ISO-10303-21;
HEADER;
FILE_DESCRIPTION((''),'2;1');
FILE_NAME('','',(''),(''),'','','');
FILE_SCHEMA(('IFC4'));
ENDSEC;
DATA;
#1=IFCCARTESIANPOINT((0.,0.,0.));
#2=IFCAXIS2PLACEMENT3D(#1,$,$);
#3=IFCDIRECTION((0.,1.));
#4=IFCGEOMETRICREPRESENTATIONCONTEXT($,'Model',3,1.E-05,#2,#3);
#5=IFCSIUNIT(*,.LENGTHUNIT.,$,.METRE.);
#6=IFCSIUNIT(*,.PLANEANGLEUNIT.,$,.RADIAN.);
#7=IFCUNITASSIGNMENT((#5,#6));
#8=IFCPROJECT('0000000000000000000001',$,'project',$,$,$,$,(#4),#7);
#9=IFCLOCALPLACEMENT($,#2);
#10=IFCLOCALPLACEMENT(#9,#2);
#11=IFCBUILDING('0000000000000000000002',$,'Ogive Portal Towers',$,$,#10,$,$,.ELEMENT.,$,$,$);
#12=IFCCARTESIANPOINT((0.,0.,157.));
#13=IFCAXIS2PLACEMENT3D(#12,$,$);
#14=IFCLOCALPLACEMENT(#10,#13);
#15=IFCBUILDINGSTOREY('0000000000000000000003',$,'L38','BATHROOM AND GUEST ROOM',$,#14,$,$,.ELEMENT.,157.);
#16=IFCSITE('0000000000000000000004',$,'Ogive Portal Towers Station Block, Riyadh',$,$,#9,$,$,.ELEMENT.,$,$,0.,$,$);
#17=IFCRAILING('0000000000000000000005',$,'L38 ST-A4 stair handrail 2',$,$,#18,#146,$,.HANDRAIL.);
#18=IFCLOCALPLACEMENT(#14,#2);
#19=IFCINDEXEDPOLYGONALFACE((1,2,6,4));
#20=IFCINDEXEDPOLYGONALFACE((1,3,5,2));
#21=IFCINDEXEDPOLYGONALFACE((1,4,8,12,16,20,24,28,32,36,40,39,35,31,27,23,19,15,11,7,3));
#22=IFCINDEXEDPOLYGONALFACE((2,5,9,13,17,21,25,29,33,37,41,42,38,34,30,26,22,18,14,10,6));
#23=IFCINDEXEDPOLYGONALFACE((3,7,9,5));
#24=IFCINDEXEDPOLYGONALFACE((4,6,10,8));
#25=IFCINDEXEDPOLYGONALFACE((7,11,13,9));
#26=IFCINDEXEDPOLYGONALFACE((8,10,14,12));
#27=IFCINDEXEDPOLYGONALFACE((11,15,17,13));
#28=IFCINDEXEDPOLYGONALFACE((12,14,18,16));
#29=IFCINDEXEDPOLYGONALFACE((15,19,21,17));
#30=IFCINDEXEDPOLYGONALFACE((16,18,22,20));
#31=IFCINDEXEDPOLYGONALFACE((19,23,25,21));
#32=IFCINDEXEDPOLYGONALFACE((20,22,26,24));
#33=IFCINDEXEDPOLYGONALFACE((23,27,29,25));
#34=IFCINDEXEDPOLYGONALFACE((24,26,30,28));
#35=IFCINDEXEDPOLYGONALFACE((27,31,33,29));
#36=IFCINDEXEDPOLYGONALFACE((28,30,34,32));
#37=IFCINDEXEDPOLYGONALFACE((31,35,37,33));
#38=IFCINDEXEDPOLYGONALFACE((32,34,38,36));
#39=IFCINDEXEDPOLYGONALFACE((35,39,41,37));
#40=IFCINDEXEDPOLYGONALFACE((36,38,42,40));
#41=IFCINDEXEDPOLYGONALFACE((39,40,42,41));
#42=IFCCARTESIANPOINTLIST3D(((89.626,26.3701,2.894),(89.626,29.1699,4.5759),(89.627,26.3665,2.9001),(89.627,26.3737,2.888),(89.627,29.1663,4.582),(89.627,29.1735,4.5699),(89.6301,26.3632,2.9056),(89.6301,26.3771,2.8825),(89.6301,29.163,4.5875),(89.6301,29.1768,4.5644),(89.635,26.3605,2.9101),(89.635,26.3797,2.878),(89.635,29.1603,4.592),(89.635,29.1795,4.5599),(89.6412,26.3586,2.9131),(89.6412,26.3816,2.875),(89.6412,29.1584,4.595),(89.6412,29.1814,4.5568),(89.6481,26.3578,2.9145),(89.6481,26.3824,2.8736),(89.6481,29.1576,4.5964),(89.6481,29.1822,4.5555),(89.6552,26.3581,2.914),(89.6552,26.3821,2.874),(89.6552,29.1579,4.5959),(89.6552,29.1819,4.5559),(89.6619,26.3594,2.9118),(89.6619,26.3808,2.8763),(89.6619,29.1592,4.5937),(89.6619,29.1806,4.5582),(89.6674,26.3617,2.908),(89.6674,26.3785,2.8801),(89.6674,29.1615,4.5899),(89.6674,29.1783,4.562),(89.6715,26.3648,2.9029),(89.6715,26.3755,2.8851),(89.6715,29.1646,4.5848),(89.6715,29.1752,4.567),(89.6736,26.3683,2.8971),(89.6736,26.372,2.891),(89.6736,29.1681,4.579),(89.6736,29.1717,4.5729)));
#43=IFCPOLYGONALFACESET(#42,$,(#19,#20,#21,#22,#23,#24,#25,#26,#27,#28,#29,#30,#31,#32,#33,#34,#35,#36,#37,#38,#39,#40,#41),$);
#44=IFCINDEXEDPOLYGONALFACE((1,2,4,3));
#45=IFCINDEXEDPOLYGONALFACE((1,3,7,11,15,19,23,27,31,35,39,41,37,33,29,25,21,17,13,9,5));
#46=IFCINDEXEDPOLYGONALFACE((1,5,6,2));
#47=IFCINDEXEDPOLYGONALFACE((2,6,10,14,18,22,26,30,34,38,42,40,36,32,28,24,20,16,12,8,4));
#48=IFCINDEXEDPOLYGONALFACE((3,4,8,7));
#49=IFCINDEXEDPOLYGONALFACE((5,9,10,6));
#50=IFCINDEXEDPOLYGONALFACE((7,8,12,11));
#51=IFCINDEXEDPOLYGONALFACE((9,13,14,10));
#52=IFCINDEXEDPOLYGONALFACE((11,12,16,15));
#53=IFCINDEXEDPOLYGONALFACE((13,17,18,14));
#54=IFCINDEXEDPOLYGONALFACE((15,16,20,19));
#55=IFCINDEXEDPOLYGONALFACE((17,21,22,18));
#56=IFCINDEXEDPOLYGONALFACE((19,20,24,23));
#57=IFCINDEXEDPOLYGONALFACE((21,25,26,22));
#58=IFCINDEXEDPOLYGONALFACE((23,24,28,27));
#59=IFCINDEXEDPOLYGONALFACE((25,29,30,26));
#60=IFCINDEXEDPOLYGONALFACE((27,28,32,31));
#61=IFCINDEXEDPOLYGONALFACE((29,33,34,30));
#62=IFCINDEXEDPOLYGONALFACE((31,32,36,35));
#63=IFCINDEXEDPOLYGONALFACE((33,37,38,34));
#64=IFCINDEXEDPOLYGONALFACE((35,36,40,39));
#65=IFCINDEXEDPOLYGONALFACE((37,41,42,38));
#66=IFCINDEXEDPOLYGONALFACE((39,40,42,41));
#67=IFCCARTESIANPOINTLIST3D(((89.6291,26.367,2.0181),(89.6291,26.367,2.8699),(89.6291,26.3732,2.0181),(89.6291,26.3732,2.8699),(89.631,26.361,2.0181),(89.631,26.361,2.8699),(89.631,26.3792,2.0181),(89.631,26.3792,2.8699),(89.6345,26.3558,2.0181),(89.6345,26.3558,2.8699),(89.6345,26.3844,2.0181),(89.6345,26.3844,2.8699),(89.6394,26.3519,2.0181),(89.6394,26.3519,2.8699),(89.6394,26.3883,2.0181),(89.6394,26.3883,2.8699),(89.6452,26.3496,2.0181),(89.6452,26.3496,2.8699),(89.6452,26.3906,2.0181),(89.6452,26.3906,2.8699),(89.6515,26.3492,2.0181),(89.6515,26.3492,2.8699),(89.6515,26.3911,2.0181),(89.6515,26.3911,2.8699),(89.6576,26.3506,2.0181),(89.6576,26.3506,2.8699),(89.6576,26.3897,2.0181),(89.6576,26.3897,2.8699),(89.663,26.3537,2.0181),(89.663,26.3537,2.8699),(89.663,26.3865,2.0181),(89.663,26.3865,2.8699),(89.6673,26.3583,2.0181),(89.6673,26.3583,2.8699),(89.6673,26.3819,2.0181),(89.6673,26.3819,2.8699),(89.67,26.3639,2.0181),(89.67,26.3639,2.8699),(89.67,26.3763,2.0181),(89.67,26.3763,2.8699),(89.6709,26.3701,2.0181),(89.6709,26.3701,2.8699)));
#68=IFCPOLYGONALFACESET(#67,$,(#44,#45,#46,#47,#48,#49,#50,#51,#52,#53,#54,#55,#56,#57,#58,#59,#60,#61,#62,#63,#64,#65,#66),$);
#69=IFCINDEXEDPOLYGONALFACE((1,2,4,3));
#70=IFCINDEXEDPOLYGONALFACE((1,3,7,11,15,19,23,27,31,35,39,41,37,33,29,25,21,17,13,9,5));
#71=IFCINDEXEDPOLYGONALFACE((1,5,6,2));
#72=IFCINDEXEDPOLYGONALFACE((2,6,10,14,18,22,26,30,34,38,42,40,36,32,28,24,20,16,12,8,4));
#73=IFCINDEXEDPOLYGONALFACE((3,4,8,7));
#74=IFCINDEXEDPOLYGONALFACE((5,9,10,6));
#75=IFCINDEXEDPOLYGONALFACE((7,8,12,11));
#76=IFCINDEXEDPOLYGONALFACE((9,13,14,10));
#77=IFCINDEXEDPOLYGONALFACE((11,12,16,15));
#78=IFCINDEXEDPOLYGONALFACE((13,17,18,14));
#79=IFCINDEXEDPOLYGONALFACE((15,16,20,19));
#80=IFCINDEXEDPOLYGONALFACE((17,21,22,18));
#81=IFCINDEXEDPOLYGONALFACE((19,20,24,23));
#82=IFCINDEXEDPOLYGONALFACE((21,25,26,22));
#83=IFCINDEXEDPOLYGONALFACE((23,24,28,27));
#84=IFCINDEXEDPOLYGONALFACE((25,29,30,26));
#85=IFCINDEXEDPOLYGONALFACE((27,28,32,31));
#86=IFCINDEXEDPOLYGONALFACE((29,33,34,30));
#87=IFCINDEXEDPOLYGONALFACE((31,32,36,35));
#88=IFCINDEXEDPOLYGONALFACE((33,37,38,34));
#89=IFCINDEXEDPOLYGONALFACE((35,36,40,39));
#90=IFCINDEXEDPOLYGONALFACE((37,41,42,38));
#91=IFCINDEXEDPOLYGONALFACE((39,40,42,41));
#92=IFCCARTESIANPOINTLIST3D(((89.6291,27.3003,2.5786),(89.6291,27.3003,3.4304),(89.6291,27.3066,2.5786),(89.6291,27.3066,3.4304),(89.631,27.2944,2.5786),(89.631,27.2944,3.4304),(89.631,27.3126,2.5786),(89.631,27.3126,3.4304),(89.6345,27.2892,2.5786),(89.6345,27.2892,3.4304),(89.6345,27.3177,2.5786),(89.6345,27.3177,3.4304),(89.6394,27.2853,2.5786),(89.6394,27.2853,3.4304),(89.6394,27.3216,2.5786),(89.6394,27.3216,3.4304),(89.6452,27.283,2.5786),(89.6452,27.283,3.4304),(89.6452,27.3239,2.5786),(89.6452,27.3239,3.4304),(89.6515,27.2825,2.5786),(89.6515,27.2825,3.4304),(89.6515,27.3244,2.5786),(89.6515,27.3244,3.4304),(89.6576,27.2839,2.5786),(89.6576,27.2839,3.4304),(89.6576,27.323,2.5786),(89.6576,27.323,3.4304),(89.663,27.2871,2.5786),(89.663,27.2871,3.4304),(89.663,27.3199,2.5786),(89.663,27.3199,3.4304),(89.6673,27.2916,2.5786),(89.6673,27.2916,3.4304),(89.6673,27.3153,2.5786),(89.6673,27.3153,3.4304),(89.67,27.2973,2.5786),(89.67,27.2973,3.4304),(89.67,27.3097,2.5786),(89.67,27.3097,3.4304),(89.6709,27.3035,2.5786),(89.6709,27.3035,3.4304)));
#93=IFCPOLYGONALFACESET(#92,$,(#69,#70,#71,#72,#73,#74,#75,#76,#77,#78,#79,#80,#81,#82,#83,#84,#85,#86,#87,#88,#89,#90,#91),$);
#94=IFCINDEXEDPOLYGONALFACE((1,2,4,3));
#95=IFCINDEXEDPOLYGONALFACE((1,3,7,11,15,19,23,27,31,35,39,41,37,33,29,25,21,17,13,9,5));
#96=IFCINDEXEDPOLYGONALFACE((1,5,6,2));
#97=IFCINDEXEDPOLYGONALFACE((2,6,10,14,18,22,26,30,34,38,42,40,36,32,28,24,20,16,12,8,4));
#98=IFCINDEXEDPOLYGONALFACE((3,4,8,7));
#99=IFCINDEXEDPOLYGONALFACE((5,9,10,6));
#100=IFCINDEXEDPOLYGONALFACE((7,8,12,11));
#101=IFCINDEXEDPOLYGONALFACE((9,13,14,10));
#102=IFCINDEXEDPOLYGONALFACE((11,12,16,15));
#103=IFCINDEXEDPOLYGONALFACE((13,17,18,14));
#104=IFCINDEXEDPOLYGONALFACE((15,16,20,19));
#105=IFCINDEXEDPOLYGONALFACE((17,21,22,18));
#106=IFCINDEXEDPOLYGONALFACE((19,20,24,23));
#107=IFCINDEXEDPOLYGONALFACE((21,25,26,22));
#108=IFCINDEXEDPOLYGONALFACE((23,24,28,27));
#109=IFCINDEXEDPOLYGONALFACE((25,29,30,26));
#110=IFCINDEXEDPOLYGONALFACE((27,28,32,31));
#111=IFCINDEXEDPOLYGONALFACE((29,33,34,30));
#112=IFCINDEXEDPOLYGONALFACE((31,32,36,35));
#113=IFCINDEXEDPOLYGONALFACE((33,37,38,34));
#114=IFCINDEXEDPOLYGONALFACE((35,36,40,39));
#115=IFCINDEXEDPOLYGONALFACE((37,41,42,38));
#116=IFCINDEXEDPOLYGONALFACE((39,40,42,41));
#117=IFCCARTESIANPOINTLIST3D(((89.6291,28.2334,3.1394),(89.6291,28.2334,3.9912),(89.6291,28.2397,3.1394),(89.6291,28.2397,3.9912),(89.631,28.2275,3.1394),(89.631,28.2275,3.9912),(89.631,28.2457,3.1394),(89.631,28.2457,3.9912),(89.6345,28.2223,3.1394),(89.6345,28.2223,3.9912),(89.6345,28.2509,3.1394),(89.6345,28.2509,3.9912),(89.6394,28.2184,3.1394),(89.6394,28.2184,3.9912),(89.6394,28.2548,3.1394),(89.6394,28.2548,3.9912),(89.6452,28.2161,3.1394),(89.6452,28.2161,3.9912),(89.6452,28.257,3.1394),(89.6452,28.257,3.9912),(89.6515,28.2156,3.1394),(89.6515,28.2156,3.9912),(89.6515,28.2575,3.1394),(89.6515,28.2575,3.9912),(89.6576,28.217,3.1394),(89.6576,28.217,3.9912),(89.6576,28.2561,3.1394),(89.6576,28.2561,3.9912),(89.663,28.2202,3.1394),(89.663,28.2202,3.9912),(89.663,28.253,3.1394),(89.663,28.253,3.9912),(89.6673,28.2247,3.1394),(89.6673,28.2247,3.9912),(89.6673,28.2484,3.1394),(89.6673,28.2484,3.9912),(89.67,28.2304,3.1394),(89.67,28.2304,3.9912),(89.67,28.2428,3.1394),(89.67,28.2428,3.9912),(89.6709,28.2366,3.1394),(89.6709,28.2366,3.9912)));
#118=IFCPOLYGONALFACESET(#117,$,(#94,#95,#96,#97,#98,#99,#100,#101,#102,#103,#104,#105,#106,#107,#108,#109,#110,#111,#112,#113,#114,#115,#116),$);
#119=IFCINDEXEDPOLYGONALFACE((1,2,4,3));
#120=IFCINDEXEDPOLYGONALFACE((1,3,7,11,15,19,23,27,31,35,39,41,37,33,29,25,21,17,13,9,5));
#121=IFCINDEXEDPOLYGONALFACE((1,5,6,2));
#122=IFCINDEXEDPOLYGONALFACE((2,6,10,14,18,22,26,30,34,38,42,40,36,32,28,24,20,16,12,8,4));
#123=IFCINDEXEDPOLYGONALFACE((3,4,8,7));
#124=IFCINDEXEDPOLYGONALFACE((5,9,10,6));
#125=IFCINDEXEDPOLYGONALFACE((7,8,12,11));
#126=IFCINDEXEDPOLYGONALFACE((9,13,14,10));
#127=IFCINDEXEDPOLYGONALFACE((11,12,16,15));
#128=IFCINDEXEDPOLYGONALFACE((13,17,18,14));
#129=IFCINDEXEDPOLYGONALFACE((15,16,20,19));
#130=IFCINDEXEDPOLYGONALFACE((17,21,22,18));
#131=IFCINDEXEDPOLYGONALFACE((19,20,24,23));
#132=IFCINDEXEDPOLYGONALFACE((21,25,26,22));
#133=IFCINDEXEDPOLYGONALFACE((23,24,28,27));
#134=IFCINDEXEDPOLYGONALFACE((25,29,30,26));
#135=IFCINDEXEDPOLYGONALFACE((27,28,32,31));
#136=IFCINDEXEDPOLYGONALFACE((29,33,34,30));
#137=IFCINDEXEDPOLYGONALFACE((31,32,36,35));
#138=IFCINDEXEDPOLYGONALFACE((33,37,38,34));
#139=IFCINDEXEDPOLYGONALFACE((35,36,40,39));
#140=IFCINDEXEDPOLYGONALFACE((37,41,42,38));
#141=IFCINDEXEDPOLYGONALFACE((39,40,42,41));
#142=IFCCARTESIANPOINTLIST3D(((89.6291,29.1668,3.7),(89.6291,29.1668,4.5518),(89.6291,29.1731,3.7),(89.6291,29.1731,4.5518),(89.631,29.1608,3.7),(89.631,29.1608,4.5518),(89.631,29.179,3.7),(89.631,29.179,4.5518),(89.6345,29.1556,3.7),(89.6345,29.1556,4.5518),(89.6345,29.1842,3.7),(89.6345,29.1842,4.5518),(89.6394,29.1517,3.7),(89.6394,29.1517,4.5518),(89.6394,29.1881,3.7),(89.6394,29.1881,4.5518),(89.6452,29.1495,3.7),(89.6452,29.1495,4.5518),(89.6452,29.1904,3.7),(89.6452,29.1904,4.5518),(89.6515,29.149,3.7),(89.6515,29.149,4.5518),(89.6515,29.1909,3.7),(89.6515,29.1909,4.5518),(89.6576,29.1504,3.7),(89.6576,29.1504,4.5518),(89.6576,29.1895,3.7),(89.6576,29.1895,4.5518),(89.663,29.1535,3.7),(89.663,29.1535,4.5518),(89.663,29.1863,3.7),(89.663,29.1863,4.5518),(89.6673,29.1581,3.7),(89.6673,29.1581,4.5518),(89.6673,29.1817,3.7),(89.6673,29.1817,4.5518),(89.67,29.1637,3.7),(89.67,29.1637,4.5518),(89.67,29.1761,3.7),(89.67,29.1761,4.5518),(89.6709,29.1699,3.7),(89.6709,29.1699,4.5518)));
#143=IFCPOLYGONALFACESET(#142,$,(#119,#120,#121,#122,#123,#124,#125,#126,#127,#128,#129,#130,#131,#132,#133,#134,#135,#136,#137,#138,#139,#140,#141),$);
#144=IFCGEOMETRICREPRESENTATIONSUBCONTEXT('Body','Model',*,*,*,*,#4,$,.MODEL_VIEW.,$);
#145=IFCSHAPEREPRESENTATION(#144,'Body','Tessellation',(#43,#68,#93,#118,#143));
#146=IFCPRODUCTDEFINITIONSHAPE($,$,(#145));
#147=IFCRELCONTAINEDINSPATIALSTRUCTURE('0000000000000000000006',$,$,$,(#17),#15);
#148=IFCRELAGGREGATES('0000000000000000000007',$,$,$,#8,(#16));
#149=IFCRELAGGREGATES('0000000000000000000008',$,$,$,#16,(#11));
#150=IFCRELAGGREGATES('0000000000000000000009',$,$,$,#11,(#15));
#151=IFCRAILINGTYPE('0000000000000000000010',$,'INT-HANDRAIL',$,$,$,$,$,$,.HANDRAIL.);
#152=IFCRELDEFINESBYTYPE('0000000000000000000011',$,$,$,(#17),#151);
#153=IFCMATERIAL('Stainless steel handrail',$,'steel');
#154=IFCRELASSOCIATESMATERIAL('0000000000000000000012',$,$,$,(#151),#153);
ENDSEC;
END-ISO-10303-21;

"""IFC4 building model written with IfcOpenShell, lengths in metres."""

from ifc_helpers import new_model, si_unit, direction, frame, origin, origin_2d, place, context, subcontext, project, spatial, circle, extrude, material, type_object, element, save


model = new_model("IFC4")

# Units and contexts
model_context = context("Model", 3, precision=1e-05, world=origin(), true_north=direction((0.0, 1.0)))
body_context = subcontext(model_context, "Body", "Model", "MODEL_VIEW")
ifc_project = project(units=[si_unit("LENGTHUNIT", "METRE"), si_unit("PLANEANGLEUNIT", "RADIAN")], contexts=[model_context])

# Site, building, storey
site_placement = place(None, origin())
site = spatial("IfcSite", under=ifc_project, at=site_placement, Name="Ogive Portal Towers Station Block, Riyadh", CompositionType="ELEMENT", RefElevation=0.0)
building_placement = place(site_placement, origin())
building = spatial("IfcBuilding", under=site, at=building_placement, Name="Ogive Portal Towers", CompositionType="ELEMENT")
storey_placement = place(building_placement, frame((0.0, 0.0, 157.0)))
storey = spatial("IfcBuildingStorey", under=building, at=storey_placement, Name="L38", Description="BATHROOM AND GUEST ROOM", CompositionType="ELEMENT", Elevation=157.0)

# Railing
ifc_material_1 = material(Name="Stainless steel handrail", Category="steel")
railing_type_1 = type_object("IfcRailingType", Name="INT-HANDRAIL", PredefinedType="HANDRAIL", material=ifc_material_1)
railing_1_placement = place(storey_placement, frame((89.6499, 26.3701, 2.0181)))
element("IfcRailing", 1, at=railing_1_placement, inside=storey, type_object=railing_type_1, Name="L38 ST-A4 stair handrail 2", PredefinedType="HANDRAIL", context=body_context, shape_type="SweptSolid", body=[
    extrude(circle(Radius=0.0239, at=origin_2d()), frame((0.0, 0.0, 0.876), z_axis=(0.0, 0.857222, 0.514946), x_axis=(-1.0, 0.0, 0.0)), (0.0, 0.0, 1.0), 3.2661),
    extrude(circle(Radius=0.021, at=origin_2d()), origin(), (0.0, 0.0, 1.0), 0.8518),
    extrude(circle(Radius=0.021, at=origin_2d()), frame((0.0, 0.9333, 0.5605)), (0.0, 0.0, 1.0), 0.8518),
    extrude(circle(Radius=0.021, at=origin_2d()), frame((0.0, 1.8665, 1.1213)), (0.0, 0.0, 1.0), 0.8518),
    extrude(circle(Radius=0.021, at=origin_2d()), frame((0.0, 2.7998, 1.6819)), (0.0, 0.0, 1.0), 0.8518),
])

save(model, "model.ifc")
